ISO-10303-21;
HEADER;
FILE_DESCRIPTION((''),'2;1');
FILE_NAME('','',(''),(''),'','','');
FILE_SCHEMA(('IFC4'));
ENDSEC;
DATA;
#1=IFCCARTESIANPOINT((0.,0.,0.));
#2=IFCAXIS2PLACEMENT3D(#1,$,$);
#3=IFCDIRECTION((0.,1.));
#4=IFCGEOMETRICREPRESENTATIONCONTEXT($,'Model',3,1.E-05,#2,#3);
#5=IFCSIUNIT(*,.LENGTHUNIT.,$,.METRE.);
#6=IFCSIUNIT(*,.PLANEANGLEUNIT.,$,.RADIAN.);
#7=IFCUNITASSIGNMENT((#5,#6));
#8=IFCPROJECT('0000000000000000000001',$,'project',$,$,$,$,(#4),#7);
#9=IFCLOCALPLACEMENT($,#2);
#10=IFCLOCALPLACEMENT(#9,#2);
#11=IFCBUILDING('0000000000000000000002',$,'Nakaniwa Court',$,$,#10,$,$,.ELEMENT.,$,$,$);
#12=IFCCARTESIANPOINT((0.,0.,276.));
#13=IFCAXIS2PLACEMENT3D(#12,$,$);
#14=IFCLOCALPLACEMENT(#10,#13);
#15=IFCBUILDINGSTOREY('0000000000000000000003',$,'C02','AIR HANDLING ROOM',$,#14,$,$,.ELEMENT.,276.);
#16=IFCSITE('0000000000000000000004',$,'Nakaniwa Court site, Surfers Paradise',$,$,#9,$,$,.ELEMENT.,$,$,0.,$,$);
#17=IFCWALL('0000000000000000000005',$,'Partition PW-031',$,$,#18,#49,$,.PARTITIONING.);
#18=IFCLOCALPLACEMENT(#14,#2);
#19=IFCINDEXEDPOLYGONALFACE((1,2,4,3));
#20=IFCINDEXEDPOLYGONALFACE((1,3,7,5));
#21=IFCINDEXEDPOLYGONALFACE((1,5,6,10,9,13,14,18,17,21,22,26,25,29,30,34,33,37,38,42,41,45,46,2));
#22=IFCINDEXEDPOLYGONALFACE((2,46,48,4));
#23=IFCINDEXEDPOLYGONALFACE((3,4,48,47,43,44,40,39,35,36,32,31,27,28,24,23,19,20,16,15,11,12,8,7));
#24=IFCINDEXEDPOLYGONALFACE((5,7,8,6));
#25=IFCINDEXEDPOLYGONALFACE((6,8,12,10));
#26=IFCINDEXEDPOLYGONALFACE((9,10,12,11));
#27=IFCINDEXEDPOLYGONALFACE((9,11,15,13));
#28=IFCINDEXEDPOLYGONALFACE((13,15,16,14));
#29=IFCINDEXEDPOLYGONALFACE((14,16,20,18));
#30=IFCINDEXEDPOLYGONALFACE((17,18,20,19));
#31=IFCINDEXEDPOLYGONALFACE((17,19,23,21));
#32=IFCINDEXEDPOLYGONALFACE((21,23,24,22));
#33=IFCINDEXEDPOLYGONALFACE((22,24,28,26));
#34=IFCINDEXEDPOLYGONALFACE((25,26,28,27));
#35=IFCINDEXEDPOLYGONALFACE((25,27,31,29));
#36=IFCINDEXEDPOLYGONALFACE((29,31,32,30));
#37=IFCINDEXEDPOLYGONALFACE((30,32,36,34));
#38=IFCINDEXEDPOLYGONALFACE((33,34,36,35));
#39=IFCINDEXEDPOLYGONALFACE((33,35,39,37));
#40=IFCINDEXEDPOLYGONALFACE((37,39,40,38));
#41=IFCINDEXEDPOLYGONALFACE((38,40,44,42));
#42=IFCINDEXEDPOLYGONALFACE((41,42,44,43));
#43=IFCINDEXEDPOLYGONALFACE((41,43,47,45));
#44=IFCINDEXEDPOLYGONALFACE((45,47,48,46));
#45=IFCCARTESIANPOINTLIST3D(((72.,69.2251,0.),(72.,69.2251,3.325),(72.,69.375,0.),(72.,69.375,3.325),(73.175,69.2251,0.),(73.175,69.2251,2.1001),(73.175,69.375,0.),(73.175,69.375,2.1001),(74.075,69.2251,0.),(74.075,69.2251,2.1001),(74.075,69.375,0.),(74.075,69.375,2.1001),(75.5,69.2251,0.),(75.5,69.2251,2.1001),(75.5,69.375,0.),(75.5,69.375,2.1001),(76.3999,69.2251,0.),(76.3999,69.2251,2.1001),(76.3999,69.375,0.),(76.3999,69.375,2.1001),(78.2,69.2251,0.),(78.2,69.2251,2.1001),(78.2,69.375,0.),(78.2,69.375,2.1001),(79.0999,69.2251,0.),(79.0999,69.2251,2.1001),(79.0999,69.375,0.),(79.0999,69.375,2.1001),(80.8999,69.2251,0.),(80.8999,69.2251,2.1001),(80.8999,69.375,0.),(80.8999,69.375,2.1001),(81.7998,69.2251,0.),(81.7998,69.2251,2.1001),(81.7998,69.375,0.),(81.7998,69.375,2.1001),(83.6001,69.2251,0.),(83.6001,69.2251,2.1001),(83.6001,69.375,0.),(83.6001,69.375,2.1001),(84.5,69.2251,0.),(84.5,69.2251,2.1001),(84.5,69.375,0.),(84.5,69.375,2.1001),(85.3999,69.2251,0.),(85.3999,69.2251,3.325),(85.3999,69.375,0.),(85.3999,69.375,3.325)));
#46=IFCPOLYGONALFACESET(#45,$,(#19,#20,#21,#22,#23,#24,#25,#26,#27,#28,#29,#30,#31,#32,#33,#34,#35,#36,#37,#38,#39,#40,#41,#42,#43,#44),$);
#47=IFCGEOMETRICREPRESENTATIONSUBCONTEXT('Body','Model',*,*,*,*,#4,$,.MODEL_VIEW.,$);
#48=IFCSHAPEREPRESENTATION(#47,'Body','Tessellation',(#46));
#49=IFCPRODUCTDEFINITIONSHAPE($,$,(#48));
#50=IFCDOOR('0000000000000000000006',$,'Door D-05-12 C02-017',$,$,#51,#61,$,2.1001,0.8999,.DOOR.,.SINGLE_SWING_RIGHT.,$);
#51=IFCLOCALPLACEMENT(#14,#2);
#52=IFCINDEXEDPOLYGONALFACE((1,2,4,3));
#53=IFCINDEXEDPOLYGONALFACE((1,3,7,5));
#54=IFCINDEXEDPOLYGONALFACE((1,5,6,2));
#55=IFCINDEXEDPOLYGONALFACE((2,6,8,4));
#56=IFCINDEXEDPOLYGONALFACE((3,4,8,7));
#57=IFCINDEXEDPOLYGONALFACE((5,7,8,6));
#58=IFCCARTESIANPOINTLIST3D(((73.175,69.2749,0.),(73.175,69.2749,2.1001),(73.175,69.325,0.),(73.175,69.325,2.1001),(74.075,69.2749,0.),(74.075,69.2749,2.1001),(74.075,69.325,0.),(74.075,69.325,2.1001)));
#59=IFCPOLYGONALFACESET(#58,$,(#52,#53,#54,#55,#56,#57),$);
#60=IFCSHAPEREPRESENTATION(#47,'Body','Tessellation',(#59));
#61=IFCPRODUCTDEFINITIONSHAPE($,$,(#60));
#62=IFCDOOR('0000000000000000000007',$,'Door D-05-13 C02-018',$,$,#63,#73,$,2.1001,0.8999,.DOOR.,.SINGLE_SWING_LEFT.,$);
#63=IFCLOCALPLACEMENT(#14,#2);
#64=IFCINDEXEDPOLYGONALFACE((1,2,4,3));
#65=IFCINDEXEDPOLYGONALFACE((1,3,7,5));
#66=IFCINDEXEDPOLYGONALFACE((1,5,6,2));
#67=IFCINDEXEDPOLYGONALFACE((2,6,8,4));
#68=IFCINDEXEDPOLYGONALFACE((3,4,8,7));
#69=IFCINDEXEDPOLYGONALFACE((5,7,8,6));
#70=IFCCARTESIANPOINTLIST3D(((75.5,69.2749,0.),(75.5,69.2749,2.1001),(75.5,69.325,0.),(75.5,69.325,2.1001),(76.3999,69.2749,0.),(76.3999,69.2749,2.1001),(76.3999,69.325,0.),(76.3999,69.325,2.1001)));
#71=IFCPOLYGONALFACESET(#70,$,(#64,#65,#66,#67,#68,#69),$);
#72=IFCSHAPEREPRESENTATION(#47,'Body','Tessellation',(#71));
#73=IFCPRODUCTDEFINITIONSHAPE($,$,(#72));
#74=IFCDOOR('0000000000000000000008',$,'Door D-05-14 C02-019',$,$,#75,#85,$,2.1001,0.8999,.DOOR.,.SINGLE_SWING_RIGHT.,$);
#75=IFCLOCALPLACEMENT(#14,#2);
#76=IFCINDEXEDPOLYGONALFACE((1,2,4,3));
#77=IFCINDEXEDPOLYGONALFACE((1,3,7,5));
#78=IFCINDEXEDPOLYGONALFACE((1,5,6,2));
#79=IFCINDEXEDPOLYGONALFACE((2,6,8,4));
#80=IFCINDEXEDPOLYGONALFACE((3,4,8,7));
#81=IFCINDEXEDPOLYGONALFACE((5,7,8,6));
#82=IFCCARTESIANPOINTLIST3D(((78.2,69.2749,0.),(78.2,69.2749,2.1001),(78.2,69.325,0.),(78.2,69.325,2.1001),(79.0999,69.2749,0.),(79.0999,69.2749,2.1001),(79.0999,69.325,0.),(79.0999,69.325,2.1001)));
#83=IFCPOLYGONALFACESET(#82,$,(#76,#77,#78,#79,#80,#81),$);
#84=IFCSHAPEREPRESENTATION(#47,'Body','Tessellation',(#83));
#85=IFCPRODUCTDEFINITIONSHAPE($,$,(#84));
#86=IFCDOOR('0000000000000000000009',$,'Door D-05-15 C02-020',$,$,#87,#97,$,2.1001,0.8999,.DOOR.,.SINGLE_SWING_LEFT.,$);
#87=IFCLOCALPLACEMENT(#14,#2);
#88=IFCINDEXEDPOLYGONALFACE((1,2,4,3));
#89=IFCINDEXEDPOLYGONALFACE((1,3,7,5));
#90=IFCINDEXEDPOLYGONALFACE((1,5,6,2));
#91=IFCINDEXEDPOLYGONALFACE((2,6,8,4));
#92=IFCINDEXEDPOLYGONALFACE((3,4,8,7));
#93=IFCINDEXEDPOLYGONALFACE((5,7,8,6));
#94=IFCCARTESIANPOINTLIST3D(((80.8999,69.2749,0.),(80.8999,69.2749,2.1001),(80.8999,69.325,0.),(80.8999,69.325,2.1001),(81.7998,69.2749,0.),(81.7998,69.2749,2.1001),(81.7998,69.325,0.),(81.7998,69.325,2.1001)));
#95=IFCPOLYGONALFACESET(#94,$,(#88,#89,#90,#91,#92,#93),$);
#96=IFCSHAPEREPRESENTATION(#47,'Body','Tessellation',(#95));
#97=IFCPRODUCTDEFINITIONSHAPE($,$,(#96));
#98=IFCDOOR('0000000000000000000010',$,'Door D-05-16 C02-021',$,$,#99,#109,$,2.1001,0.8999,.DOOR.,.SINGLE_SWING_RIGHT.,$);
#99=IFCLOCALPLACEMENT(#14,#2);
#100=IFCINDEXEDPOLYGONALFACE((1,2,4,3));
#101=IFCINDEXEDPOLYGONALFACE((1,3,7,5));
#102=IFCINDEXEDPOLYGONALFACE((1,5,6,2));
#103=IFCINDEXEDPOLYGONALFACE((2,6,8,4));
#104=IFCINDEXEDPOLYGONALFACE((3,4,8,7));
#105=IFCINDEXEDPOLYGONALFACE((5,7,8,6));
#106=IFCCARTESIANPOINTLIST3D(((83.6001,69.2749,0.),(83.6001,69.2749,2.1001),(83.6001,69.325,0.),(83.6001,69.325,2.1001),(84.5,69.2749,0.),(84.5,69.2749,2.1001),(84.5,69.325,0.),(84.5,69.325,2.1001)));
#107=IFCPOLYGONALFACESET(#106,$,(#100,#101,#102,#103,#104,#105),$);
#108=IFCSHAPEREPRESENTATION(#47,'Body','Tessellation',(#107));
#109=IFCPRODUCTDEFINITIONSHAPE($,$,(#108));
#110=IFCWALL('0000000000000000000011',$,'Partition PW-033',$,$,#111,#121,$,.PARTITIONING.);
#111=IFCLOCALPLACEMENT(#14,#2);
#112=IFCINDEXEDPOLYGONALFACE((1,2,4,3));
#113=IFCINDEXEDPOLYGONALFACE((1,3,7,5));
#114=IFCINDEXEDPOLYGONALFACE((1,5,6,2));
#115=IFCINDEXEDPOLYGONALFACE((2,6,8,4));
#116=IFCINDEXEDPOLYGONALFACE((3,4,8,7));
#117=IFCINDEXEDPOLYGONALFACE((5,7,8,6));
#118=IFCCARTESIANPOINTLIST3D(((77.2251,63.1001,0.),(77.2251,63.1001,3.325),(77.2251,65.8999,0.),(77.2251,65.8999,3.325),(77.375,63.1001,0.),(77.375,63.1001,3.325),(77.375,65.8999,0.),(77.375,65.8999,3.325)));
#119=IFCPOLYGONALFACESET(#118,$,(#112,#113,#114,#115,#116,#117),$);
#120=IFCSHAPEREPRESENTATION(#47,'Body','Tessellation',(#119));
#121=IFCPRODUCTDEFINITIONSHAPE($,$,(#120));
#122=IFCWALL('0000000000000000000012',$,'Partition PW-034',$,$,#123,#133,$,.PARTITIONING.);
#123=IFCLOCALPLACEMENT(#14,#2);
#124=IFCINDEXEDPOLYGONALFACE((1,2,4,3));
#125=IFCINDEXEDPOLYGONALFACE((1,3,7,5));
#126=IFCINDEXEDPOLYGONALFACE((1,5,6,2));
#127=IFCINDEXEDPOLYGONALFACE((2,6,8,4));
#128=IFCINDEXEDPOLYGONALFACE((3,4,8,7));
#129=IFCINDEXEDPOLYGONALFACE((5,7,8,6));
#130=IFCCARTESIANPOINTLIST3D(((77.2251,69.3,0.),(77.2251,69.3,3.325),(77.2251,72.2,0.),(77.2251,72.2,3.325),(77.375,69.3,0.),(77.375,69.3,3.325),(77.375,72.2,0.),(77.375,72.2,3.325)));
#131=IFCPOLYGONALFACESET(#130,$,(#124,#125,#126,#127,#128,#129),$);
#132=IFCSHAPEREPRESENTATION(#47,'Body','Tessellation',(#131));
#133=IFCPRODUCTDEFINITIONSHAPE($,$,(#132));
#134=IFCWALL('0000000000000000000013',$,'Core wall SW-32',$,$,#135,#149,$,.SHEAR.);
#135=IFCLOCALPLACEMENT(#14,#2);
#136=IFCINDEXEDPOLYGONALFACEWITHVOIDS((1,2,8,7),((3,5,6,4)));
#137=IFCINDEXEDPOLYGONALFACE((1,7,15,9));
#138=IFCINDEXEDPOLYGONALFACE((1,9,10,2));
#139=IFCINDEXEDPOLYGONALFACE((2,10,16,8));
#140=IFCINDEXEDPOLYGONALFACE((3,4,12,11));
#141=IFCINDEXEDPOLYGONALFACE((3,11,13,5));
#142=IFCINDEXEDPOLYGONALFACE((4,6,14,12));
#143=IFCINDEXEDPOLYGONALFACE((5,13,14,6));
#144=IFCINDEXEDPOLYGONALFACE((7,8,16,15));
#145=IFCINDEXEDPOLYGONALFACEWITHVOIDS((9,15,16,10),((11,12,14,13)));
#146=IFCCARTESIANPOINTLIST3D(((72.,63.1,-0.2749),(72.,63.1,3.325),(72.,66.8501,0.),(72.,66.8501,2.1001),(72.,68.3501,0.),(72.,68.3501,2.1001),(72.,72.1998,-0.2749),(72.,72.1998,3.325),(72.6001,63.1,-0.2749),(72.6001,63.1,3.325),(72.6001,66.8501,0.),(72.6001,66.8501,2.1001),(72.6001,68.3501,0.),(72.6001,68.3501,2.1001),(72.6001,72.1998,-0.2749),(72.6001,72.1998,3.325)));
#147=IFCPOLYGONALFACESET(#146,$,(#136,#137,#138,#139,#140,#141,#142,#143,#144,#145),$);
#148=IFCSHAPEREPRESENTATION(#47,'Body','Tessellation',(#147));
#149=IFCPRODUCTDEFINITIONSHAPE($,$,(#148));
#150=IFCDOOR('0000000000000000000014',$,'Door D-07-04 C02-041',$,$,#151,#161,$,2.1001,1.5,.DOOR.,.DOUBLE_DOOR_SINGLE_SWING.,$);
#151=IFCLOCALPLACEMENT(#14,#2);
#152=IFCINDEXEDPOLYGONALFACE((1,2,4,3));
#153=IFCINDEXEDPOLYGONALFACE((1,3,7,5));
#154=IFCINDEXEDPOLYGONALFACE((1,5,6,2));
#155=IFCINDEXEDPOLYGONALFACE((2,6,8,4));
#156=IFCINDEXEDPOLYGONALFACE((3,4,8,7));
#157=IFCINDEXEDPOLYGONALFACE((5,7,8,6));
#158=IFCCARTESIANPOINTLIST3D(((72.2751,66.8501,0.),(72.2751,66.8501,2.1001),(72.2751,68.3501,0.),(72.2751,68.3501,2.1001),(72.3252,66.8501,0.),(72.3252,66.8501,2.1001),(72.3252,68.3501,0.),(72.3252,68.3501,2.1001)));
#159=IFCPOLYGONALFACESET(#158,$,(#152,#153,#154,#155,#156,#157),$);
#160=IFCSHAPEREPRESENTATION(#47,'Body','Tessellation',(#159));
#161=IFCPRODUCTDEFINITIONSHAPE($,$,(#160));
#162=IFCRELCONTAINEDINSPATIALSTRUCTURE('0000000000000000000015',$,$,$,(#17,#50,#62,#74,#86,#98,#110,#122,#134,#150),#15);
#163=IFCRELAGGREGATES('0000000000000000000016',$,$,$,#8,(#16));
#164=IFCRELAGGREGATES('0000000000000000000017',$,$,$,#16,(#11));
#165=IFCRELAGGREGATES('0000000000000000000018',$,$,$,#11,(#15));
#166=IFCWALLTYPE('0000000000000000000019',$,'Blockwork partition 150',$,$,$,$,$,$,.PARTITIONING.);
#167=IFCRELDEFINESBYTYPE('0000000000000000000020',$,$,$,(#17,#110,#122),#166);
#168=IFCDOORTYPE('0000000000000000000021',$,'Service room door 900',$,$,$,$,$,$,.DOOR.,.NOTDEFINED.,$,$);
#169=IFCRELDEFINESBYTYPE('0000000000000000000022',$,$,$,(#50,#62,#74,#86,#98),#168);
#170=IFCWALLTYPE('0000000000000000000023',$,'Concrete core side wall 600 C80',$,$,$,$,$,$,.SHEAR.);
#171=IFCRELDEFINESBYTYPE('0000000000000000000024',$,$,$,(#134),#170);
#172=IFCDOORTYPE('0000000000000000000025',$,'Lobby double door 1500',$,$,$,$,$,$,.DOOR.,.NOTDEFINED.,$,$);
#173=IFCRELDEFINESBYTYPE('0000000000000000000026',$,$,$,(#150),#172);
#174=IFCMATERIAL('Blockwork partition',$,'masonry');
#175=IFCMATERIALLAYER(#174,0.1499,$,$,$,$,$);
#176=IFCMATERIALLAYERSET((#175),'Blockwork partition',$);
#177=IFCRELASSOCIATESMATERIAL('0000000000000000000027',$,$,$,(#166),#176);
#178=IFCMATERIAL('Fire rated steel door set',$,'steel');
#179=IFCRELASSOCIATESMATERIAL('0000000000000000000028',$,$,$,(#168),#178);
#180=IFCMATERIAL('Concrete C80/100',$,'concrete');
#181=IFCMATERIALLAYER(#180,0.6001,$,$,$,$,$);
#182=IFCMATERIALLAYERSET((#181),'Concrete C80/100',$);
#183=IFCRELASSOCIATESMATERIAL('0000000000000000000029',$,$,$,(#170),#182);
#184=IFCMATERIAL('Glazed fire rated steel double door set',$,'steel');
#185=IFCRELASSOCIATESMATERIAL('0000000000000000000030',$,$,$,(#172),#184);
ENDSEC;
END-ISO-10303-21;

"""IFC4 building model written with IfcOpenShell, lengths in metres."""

from ifc_helpers import new_model, si_unit, direction, frame, frame_2d, origin, place, context, subcontext, project, spatial, rectangle, extrude, material, layer, layer_set, type_object, element, fill, save


model = new_model("IFC4")

# Units and contexts
model_context = context("Model", 3, precision=1e-05, world=origin(), true_north=direction((0.0, 1.0)))
body_context = subcontext(model_context, "Body", "Model", "MODEL_VIEW")
ifc_project = project(units=[si_unit("LENGTHUNIT", "METRE"), si_unit("PLANEANGLEUNIT", "RADIAN")], contexts=[model_context])

# Site, building, storey
site_placement = place(None, origin())
site = spatial("IfcSite", under=ifc_project, at=site_placement, Name="Nakaniwa Court site, Surfers Paradise", CompositionType="ELEMENT", RefElevation=0.0)
building_placement = place(site_placement, origin())
building = spatial("IfcBuilding", under=site, at=building_placement, Name="Nakaniwa Court", CompositionType="ELEMENT")
storey_placement = place(building_placement, frame((0.0, 0.0, 276.0)))
storey = spatial("IfcBuildingStorey", under=building, at=storey_placement, Name="C02", Description="AIR HANDLING ROOM", CompositionType="ELEMENT", Elevation=276.0)

# Shared definitions
ifc_material_1 = material(Name="Fire rated steel door set", Category="steel")

# Shared definitions
ifc_material_2 = material(Name="Blockwork partition", Category="masonry")
ifc_layer_1 = layer(ifc_material_2, 0.1499)
ifc_layer_set_1 = layer_set([ifc_layer_1], Name="Blockwork partition")
wall_type_1 = type_object("IfcWallType", Name="Blockwork partition 150", PredefinedType="PARTITIONING", material=ifc_layer_set_1)

# Wall, openings, doors
wall_1_placement = place(storey_placement, frame((72.0, 69.3, 0.0), z_axis=(0.0, 0.0, 1.0), x_axis=(1.0, 0.0, 0.0)))
wall_1 = element("IfcWall", 1, at=wall_1_placement, inside=storey, type_object=wall_type_1, Name="Partition PW-031", PredefinedType="PARTITIONING", context=body_context, shape_type="SweptSolid", body=[
    extrude(rectangle(XDim=13.3999, YDim=0.1499, at=frame_2d((6.7, 0.0))), origin(), (0.0, 0.0, 1.0), 3.325),
])
opening_1_placement = place(wall_1_placement, frame((1.175, 0.0, 0.0)))
opening_1 = element("IfcOpeningElement", 2, at=opening_1_placement, cuts=wall_1, PredefinedType="OPENING", context=body_context, shape_type="SweptSolid", body=[
    extrude(rectangle(XDim=0.8999, YDim=2.1001, at=frame_2d((0.45, 1.05))), frame((0.0, 0.085, 0.0), z_axis=(0.0, -1.0, 0.0), x_axis=(1.0, 0.0, 0.0)), (0.0, 0.0, 1.0), 0.1699),
])
opening_2_placement = place(wall_1_placement, frame((3.5, 0.0, 0.0)))
opening_2 = element("IfcOpeningElement", 3, at=opening_2_placement, cuts=wall_1, PredefinedType="OPENING", context=body_context, shape_type="SweptSolid", body=[
    extrude(rectangle(XDim=0.8999, YDim=2.1001, at=frame_2d((0.45, 1.05))), frame((0.0, 0.085, 0.0), z_axis=(0.0, -1.0, 0.0), x_axis=(1.0, 0.0, 0.0)), (0.0, 0.0, 1.0), 0.1699),
])
opening_3_placement = place(wall_1_placement, frame((6.2, 0.0, 0.0)))
opening_3 = element("IfcOpeningElement", 4, at=opening_3_placement, cuts=wall_1, PredefinedType="OPENING", context=body_context, shape_type="SweptSolid", body=[
    extrude(rectangle(XDim=0.8999, YDim=2.1001, at=frame_2d((0.45, 1.05))), frame((0.0, 0.085, 0.0), z_axis=(0.0, -1.0, 0.0), x_axis=(1.0, 0.0, 0.0)), (0.0, 0.0, 1.0), 0.1699),
])
opening_4_placement = place(wall_1_placement, frame((8.8999, 0.0, 0.0)))
opening_4 = element("IfcOpeningElement", 5, at=opening_4_placement, cuts=wall_1, PredefinedType="OPENING", context=body_context, shape_type="SweptSolid", body=[
    extrude(rectangle(XDim=0.8999, YDim=2.1001, at=frame_2d((0.45, 1.05))), frame((0.0, 0.085, 0.0), z_axis=(0.0, -1.0, 0.0), x_axis=(1.0, 0.0, 0.0)), (0.0, 0.0, 1.0), 0.1699),
])
opening_5_placement = place(wall_1_placement, frame((11.6001, 0.0, 0.0)))
opening_5 = element("IfcOpeningElement", 6, at=opening_5_placement, cuts=wall_1, PredefinedType="OPENING", context=body_context, shape_type="SweptSolid", body=[
    extrude(rectangle(XDim=0.8999, YDim=2.1001, at=frame_2d((0.45, 1.05))), frame((0.0, 0.085, 0.0), z_axis=(0.0, -1.0, 0.0), x_axis=(1.0, 0.0, 0.0)), (0.0, 0.0, 1.0), 0.1699),
])
door_type_1 = type_object("IfcDoorType", Name="Service room door 900", OperationType="NOTDEFINED", PredefinedType="DOOR", material=ifc_material_1)
door_1_placement = place(opening_1_placement, origin())
door_1 = element("IfcDoor", 7, at=door_1_placement, inside=storey, type_object=door_type_1, Name="Door D-05-12 C02-017", OperationType="SINGLE_SWING_RIGHT", OverallHeight=2.1001, OverallWidth=0.8999, PredefinedType="DOOR", context=body_context, shape_type="SweptSolid", body=[
    extrude(rectangle(XDim=0.8999, YDim=2.1001, at=frame_2d((0.45, 1.05))), frame((0.0, 0.0249, 0.0), z_axis=(0.0, -1.0, 0.0), x_axis=(1.0, 0.0, 0.0)), (0.0, 0.0, 1.0), 0.05),
])
fill(opening_1, door_1)
door_2_placement = place(opening_2_placement, origin())
door_2 = element("IfcDoor", 8, at=door_2_placement, inside=storey, type_object=door_type_1, Name="Door D-05-13 C02-018", OperationType="SINGLE_SWING_LEFT", OverallHeight=2.1001, OverallWidth=0.8999, PredefinedType="DOOR", context=body_context, shape_type="SweptSolid", body=[
    extrude(rectangle(XDim=0.8999, YDim=2.1001, at=frame_2d((0.45, 1.05))), frame((0.0, 0.0249, 0.0), z_axis=(0.0, -1.0, 0.0), x_axis=(1.0, 0.0, 0.0)), (0.0, 0.0, 1.0), 0.05),
])
fill(opening_2, door_2)
door_3_placement = place(opening_3_placement, origin())
door_3 = element("IfcDoor", 9, at=door_3_placement, inside=storey, type_object=door_type_1, Name="Door D-05-14 C02-019", OperationType="SINGLE_SWING_RIGHT", OverallHeight=2.1001, OverallWidth=0.8999, PredefinedType="DOOR", context=body_context, shape_type="SweptSolid", body=[
    extrude(rectangle(XDim=0.8999, YDim=2.1001, at=frame_2d((0.45, 1.05))), frame((0.0, 0.0249, 0.0), z_axis=(0.0, -1.0, 0.0), x_axis=(1.0, 0.0, 0.0)), (0.0, 0.0, 1.0), 0.05),
])
fill(opening_3, door_3)
door_4_placement = place(opening_4_placement, origin())
door_4 = element("IfcDoor", 10, at=door_4_placement, inside=storey, type_object=door_type_1, Name="Door D-05-15 C02-020", OperationType="SINGLE_SWING_LEFT", OverallHeight=2.1001, OverallWidth=0.8999, PredefinedType="DOOR", context=body_context, shape_type="SweptSolid", body=[
    extrude(rectangle(XDim=0.8999, YDim=2.1001, at=frame_2d((0.45, 1.05))), frame((0.0, 0.0249, 0.0), z_axis=(0.0, -1.0, 0.0), x_axis=(1.0, 0.0, 0.0)), (0.0, 0.0, 1.0), 0.05),
])
fill(opening_4, door_4)
door_5_placement = place(opening_5_placement, origin())
door_5 = element("IfcDoor", 11, at=door_5_placement, inside=storey, type_object=door_type_1, Name="Door D-05-16 C02-021", OperationType="SINGLE_SWING_RIGHT", OverallHeight=2.1001, OverallWidth=0.8999, PredefinedType="DOOR", context=body_context, shape_type="SweptSolid", body=[
    extrude(rectangle(XDim=0.8999, YDim=2.1001, at=frame_2d((0.45, 1.05))), frame((0.0, 0.0249, 0.0), z_axis=(0.0, -1.0, 0.0), x_axis=(1.0, 0.0, 0.0)), (0.0, 0.0, 1.0), 0.05),
])
fill(opening_5, door_5)

# Walls
wall_2_placement = place(storey_placement, frame((77.3, 63.1001, 0.0), z_axis=(0.0, 0.0, 1.0), x_axis=(0.0, 1.0, 0.0)))
element("IfcWall", 12, at=wall_2_placement, inside=storey, type_object=wall_type_1, Name="Partition PW-033", PredefinedType="PARTITIONING", context=body_context, shape_type="SweptSolid", body=[
    extrude(rectangle(XDim=2.7998, YDim=0.1499, at=frame_2d((1.3999, 0.0))), origin(), (0.0, 0.0, 1.0), 3.325),
])
wall_3_placement = place(storey_placement, frame((77.3, 69.3, 0.0), z_axis=(0.0, 0.0, 1.0), x_axis=(0.0, 1.0, 0.0)))
element("IfcWall", 13, at=wall_3_placement, inside=storey, type_object=wall_type_1, Name="Partition PW-034", PredefinedType="PARTITIONING", context=body_context, shape_type="SweptSolid", body=[
    extrude(rectangle(XDim=2.8999, YDim=0.1499, at=frame_2d((1.45, 0.0))), origin(), (0.0, 0.0, 1.0), 3.325),
])

# Wall, opening, door
ifc_material_3 = material(Name="Concrete C80/100", Category="concrete")
ifc_layer_2 = layer(ifc_material_3, 0.6001)
ifc_layer_set_2 = layer_set([ifc_layer_2], Name="Concrete C80/100")
wall_type_2 = type_object("IfcWallType", Name="Concrete core side wall 600 C80", PredefinedType="SHEAR", material=ifc_layer_set_2)
wall_4_placement = place(storey_placement, frame((72.3, 63.1001, -0.2749), z_axis=(0.0, 0.0, 1.0), x_axis=(0.0, 1.0, 0.0)))
wall_4 = element("IfcWall", 14, at=wall_4_placement, inside=storey, type_object=wall_type_2, Name="Core wall SW-32", PredefinedType="SHEAR", context=body_context, shape_type="SweptSolid", body=[
    extrude(rectangle(XDim=9.0999, YDim=0.6001, at=frame_2d((4.5498, 0.0))), origin(), (0.0, 0.0, 1.0), 3.5999),
])
opening_6_placement = place(wall_4_placement, frame((3.75, 0.0, 0.2749)))
opening_6 = element("IfcOpeningElement", 15, at=opening_6_placement, cuts=wall_4, PredefinedType="OPENING", context=body_context, shape_type="SweptSolid", body=[
    extrude(rectangle(XDim=1.5, YDim=2.1001, at=frame_2d((0.75, 1.05))), frame((0.0, 0.3101, 0.0), z_axis=(0.0, -1.0, 0.0), x_axis=(1.0, 0.0, 0.0)), (0.0, 0.0, 1.0), 0.6201),
])
ifc_material_4 = material(Name="Glazed fire rated steel double door set", Category="steel")
door_type_2 = type_object("IfcDoorType", Name="Lobby double door 1500", OperationType="NOTDEFINED", PredefinedType="DOOR", material=ifc_material_4)
door_6_placement = place(opening_6_placement, origin())
door_6 = element("IfcDoor", 16, at=door_6_placement, inside=storey, type_object=door_type_2, Name="Door D-07-04 C02-041", OperationType="DOUBLE_DOOR_SINGLE_SWING", OverallHeight=2.1001, OverallWidth=1.5, PredefinedType="DOOR", context=body_context, shape_type="SweptSolid", body=[
    extrude(rectangle(XDim=1.5, YDim=2.1001, at=frame_2d((0.75, 1.05))), frame((0.0, 0.0249, 0.0), z_axis=(0.0, -1.0, 0.0), x_axis=(1.0, 0.0, 0.0)), (0.0, 0.0, 1.0), 0.05),
])
fill(opening_6, door_6)

save(model, "model.ifc")
